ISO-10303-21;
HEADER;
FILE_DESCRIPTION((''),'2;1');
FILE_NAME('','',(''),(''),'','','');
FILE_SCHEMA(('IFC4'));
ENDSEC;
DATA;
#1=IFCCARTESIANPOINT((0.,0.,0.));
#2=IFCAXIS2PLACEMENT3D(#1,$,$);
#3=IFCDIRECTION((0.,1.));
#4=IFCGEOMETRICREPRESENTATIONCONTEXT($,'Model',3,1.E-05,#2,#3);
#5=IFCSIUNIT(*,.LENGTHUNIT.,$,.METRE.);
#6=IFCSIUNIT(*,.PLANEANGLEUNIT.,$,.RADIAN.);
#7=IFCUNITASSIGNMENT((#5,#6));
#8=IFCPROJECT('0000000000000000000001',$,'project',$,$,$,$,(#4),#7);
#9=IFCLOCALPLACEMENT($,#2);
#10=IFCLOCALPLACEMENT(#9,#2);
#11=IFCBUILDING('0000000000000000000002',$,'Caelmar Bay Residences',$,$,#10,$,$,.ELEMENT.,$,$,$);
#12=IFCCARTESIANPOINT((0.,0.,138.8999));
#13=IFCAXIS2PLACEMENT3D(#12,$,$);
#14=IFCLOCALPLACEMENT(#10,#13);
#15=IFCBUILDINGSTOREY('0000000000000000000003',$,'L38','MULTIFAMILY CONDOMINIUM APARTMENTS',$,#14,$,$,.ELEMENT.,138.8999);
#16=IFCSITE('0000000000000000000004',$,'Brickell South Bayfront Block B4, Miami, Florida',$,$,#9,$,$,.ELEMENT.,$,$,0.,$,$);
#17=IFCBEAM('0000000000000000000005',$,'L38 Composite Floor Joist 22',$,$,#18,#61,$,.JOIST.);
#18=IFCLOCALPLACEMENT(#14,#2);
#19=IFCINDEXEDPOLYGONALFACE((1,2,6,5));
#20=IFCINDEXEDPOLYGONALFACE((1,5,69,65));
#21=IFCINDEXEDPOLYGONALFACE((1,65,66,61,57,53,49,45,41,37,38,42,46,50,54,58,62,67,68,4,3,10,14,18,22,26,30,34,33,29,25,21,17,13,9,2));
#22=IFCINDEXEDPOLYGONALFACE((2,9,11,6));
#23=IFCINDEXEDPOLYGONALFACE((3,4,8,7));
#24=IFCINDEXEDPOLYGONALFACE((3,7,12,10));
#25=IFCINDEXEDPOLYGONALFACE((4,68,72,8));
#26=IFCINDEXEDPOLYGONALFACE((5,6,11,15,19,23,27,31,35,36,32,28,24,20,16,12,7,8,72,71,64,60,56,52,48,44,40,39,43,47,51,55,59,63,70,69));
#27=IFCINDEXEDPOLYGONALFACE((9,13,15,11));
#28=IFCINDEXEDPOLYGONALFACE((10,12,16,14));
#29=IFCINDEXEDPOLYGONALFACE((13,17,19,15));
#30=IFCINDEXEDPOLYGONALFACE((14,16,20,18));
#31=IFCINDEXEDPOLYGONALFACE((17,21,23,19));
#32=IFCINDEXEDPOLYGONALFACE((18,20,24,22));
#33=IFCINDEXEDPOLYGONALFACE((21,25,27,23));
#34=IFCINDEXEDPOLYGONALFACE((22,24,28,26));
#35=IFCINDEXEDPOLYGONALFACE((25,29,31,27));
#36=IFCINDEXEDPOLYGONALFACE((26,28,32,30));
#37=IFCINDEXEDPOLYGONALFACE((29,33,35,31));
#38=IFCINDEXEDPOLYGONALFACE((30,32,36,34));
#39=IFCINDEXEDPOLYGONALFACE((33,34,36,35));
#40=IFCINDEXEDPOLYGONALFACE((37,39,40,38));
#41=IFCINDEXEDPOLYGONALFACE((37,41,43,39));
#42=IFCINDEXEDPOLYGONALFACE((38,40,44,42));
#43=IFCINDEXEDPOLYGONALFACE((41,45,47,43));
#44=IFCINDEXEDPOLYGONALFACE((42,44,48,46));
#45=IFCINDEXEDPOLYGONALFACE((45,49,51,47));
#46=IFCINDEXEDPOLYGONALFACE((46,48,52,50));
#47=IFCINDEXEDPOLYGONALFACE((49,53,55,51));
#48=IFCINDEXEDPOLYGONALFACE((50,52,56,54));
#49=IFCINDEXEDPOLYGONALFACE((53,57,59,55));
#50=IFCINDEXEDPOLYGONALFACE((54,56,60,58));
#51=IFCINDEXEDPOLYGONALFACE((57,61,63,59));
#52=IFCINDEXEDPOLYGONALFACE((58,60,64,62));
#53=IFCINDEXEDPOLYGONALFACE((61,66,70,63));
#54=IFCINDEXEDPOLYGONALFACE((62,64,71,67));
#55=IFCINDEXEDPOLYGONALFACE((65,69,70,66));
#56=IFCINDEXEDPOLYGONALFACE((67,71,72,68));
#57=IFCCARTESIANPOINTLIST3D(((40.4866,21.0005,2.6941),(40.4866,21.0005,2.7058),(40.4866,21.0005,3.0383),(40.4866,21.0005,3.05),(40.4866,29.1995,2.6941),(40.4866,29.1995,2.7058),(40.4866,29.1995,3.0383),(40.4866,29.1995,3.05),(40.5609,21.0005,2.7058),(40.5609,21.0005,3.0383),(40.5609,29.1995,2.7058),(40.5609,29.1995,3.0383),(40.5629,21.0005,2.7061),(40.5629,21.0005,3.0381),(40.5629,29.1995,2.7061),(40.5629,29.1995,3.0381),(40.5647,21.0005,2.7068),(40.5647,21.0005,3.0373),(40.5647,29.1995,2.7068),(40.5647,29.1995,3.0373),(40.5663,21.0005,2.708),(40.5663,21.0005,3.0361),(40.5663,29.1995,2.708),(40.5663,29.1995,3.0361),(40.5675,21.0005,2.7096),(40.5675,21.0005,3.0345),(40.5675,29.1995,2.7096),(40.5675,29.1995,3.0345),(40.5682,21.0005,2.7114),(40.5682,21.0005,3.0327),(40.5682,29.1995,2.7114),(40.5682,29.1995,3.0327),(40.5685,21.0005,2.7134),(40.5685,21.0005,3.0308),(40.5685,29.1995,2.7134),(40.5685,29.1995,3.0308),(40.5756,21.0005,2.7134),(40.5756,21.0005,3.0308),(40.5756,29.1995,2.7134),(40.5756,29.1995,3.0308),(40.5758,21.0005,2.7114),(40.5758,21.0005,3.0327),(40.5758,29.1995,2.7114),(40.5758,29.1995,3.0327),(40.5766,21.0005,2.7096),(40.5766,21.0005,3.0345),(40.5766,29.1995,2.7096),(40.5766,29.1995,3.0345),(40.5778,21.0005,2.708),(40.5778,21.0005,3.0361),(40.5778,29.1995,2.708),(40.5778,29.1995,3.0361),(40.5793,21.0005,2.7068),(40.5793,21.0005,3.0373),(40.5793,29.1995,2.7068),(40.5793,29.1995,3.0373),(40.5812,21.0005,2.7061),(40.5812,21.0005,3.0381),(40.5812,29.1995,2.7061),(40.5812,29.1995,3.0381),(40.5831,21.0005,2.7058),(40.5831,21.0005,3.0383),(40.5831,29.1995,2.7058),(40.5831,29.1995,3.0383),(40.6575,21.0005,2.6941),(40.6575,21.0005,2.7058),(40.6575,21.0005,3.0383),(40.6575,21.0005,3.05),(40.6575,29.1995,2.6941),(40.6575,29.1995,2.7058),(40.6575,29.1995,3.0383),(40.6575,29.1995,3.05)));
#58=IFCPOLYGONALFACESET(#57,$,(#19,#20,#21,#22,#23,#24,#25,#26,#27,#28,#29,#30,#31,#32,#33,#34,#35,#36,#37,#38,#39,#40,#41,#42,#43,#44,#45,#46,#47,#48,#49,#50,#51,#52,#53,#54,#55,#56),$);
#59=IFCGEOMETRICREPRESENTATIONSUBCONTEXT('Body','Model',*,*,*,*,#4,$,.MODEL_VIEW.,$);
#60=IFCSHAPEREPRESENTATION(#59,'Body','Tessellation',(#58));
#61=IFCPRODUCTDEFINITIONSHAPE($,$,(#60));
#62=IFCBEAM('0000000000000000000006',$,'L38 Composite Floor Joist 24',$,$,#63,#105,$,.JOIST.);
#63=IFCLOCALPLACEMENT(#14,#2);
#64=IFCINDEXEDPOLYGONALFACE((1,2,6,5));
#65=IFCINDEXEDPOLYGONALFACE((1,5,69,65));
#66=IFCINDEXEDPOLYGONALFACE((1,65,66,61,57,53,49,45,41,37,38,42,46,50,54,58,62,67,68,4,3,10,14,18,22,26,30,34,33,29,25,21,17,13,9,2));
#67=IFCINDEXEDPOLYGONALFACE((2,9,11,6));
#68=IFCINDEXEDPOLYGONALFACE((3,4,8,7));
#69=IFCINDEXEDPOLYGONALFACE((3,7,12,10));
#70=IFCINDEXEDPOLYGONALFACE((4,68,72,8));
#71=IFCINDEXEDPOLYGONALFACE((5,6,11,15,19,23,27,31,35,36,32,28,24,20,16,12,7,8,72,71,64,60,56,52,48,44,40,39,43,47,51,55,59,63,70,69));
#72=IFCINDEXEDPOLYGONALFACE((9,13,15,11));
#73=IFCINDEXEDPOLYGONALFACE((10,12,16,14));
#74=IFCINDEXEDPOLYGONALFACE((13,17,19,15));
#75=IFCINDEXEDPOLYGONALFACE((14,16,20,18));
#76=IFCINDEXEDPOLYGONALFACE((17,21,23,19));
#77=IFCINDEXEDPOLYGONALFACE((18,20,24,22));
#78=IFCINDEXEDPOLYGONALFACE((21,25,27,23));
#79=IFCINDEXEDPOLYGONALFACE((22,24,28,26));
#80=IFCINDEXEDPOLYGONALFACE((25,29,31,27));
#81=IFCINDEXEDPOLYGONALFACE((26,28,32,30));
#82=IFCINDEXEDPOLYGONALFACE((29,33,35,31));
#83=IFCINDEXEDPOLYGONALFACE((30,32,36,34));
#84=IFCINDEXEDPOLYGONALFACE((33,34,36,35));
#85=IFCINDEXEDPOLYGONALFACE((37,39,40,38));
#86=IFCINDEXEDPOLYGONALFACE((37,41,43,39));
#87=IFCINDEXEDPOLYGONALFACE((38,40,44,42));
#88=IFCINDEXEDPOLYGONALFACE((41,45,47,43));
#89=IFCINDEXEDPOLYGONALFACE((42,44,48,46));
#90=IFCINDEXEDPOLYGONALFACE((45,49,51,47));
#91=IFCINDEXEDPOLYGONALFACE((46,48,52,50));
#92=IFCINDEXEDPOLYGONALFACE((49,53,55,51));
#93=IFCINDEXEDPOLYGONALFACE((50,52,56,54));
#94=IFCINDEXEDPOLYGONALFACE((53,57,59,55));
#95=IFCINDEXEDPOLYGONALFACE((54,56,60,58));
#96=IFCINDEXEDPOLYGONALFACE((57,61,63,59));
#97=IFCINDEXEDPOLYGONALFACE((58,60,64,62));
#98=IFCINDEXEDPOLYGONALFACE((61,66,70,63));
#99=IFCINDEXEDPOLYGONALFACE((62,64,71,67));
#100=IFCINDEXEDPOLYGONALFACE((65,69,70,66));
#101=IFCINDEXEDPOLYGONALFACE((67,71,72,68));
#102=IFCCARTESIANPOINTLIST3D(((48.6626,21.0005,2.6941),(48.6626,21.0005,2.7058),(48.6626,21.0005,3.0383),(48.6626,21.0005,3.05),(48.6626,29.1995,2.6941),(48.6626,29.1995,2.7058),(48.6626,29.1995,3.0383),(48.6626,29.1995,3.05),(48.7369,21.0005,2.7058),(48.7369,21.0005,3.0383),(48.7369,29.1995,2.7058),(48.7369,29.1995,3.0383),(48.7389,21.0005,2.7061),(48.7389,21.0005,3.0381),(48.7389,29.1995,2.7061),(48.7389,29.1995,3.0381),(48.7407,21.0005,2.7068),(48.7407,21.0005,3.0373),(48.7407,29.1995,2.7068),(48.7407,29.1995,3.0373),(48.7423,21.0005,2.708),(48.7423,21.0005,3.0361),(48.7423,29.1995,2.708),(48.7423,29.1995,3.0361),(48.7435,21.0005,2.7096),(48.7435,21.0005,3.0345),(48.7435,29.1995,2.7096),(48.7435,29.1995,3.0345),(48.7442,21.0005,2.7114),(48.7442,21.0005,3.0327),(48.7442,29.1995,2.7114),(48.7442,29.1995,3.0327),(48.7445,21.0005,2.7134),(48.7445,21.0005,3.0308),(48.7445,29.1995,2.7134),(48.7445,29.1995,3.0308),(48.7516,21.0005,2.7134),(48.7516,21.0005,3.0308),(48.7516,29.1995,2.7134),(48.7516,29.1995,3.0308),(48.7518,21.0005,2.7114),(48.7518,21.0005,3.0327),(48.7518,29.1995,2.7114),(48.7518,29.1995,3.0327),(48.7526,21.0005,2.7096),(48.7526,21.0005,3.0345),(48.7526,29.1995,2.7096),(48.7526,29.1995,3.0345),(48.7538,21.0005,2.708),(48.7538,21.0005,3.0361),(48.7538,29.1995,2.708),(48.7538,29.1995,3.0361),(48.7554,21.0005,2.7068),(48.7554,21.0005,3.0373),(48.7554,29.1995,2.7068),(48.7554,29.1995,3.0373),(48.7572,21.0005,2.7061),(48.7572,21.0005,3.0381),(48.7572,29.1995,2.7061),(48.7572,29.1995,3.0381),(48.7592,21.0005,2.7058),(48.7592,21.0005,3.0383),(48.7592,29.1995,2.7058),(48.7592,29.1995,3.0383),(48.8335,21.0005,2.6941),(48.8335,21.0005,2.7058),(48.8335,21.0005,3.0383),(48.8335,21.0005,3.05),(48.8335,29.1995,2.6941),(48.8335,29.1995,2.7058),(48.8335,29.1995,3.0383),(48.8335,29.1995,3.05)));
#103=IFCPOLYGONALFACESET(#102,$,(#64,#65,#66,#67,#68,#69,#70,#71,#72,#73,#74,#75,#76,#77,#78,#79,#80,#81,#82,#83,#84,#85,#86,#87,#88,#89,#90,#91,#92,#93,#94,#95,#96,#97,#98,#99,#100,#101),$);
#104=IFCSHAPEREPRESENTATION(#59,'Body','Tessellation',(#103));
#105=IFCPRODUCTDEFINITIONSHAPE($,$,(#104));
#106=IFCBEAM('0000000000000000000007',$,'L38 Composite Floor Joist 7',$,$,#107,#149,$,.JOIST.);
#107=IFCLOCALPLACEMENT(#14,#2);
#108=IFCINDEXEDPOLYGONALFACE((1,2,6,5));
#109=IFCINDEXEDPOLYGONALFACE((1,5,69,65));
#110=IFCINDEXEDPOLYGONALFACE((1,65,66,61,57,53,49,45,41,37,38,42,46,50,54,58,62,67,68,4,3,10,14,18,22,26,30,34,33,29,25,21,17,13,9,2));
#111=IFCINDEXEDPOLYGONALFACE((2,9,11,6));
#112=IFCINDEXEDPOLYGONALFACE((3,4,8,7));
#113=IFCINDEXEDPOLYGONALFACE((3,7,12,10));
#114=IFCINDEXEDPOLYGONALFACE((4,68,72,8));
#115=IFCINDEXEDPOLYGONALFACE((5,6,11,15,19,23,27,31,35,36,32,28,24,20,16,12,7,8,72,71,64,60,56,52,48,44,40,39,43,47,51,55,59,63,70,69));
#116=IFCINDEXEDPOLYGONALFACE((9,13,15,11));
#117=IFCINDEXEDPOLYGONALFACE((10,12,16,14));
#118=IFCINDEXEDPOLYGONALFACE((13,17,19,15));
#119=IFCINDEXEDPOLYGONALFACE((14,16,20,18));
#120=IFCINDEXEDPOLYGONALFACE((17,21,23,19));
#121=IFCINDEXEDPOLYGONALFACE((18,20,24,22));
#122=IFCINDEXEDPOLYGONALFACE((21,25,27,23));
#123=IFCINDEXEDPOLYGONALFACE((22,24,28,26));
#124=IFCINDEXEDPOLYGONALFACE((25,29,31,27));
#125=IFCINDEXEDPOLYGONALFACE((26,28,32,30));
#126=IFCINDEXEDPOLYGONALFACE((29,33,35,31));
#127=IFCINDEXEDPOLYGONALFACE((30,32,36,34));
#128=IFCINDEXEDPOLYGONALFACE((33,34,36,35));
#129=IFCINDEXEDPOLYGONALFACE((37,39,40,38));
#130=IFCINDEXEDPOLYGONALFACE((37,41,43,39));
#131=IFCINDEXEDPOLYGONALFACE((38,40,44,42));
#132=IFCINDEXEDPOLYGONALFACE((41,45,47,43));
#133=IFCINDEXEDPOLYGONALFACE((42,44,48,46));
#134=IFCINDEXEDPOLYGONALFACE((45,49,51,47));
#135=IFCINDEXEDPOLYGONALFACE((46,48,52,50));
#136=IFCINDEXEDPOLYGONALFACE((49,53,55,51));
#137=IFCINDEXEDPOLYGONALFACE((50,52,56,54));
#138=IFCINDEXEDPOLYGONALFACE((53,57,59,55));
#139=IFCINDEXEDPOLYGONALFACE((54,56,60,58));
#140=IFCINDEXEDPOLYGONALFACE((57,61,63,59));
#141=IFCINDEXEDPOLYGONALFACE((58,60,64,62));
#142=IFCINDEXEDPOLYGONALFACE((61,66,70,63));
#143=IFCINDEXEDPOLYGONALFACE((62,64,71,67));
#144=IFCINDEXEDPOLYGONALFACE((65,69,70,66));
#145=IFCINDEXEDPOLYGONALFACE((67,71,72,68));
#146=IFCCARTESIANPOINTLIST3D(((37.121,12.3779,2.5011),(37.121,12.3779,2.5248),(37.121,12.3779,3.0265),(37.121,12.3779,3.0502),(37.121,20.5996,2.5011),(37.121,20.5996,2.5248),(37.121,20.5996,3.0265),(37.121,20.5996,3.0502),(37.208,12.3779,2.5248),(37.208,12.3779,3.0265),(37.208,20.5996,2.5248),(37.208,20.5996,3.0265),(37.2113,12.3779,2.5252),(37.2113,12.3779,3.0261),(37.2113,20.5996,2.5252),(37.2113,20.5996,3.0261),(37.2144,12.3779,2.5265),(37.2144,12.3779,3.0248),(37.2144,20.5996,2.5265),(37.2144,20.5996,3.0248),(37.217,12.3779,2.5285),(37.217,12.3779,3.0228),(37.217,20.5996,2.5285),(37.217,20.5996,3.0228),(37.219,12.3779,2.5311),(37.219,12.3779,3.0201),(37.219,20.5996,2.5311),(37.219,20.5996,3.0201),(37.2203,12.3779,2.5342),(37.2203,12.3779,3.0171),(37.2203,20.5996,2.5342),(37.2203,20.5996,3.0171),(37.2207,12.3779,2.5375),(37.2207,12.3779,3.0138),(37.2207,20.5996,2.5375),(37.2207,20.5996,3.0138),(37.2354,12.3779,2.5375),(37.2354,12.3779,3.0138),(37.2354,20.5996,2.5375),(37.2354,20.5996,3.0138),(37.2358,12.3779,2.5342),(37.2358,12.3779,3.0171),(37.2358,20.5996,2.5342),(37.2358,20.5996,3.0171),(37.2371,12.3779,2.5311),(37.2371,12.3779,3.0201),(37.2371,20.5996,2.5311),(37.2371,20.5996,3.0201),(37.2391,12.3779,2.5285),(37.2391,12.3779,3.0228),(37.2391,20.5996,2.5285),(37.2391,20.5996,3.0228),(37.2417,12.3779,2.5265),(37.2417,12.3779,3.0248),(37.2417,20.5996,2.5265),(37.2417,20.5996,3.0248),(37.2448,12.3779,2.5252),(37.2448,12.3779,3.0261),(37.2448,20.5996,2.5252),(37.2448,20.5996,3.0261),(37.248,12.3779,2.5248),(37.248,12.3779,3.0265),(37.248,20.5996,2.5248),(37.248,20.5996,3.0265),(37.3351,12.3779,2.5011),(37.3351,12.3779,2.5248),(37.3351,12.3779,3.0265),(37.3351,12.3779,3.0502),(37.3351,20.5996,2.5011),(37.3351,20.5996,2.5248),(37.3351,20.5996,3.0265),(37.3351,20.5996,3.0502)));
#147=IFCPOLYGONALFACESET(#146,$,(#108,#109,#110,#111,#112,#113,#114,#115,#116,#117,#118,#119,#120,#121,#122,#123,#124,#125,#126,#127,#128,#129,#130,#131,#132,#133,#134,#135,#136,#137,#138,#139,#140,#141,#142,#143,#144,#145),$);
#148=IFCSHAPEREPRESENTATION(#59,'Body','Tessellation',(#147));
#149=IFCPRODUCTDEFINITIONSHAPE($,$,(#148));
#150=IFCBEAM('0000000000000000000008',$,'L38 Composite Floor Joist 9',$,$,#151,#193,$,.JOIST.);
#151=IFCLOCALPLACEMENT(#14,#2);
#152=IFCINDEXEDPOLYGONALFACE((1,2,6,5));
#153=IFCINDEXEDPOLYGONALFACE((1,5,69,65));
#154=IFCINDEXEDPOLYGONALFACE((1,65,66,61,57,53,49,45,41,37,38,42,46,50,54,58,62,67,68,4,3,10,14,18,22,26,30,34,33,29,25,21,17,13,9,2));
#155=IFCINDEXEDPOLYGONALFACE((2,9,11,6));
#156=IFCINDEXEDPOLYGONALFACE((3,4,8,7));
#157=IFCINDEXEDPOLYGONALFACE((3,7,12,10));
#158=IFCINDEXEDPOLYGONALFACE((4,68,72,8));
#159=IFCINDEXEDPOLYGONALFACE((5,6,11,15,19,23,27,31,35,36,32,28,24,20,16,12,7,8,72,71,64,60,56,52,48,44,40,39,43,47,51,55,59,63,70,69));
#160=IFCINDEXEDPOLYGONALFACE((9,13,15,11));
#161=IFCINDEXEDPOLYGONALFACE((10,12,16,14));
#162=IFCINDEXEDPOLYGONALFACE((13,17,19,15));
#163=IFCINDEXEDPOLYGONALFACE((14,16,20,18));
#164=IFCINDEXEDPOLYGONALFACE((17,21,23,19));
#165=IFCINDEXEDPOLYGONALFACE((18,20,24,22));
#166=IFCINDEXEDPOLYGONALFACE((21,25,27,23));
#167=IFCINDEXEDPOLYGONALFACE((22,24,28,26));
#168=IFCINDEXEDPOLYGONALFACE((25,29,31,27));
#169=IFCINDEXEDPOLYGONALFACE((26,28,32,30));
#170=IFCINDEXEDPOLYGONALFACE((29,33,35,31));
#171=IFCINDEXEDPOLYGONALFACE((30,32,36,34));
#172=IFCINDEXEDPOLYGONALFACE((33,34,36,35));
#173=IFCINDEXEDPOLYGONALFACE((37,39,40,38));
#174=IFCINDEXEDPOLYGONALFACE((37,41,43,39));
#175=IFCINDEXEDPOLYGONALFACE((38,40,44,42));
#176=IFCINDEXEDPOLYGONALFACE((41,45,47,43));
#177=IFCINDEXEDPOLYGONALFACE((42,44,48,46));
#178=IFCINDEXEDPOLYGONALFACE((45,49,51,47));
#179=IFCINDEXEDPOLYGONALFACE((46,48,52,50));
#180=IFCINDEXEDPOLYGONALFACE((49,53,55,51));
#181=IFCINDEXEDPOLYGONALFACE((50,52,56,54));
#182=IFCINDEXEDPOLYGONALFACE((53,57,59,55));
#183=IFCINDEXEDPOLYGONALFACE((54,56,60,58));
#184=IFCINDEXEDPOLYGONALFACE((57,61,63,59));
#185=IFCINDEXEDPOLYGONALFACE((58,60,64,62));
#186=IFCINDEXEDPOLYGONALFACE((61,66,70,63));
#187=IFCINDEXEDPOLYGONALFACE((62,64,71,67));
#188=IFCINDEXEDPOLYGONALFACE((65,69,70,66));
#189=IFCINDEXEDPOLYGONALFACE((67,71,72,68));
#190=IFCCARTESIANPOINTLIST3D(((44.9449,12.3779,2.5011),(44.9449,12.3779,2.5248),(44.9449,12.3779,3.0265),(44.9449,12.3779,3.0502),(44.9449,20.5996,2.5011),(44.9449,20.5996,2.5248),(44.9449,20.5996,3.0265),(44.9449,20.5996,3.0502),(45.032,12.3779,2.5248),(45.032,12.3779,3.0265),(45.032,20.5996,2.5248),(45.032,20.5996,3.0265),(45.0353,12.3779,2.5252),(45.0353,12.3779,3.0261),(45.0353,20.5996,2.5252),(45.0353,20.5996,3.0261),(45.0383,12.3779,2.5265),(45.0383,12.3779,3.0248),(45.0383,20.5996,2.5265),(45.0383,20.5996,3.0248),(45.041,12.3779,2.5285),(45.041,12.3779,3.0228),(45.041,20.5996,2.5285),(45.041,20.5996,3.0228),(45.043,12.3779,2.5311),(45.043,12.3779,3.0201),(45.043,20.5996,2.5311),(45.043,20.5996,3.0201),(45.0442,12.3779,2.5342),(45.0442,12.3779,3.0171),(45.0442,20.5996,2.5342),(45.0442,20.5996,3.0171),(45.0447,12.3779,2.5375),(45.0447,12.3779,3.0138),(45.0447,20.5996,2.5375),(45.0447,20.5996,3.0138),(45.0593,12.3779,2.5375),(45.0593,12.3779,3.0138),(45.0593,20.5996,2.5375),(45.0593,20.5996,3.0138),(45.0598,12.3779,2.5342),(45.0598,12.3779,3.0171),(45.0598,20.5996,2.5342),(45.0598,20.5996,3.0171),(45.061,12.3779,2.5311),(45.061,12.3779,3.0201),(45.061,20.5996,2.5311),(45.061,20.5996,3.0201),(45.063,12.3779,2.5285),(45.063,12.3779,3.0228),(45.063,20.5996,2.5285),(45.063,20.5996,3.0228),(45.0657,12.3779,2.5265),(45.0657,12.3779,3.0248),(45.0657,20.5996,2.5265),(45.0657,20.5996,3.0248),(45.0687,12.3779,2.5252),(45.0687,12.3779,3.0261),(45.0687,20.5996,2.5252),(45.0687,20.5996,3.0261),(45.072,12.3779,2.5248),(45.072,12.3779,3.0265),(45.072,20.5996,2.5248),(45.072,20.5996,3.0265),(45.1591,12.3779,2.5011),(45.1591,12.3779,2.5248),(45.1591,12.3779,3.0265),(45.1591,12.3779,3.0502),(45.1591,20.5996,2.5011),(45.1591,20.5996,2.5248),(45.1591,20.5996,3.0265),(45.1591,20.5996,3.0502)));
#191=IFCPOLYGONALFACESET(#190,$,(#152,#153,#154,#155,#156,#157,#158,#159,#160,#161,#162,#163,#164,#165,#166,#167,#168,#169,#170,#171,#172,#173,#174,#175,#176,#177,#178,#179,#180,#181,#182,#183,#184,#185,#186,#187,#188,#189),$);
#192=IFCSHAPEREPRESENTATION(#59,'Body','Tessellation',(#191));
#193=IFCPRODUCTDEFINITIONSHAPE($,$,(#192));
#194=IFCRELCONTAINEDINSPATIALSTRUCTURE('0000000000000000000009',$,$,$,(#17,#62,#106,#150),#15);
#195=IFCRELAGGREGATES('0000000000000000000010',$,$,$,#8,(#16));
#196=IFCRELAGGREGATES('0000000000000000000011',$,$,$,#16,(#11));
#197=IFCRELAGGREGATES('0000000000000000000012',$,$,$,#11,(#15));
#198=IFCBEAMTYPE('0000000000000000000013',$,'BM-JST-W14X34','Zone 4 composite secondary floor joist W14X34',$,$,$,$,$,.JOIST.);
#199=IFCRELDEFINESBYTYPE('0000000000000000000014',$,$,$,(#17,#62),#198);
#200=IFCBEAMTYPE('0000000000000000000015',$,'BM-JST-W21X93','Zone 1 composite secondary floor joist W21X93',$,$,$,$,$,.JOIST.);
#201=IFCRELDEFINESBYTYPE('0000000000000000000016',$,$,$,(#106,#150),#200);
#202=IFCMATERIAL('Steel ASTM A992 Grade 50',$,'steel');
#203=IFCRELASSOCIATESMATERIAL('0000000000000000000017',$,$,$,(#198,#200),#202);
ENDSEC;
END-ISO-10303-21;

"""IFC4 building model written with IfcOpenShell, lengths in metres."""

from ifc_helpers import new_model, si_unit, direction, frame, origin, origin_2d, place, context, subcontext, project, spatial, i_section, extrude, material, material_profile, profile_set, type_object, element, save


model = new_model("IFC4")

# Units and contexts
model_context = context("Model", 3, precision=1e-05, world=origin(), true_north=direction((0.0, 1.0)))
body_context = subcontext(model_context, "Body", "Model", "MODEL_VIEW")
ifc_project = project(units=[si_unit("LENGTHUNIT", "METRE"), si_unit("PLANEANGLEUNIT", "RADIAN")], contexts=[model_context])

# Site, building, storey
site_placement = place(None, origin())
site = spatial("IfcSite", under=ifc_project, at=site_placement, Name="Brickell South Bayfront Block B4, Miami, Florida", CompositionType="ELEMENT", RefElevation=0.0)
building_placement = place(site_placement, origin())
building = spatial("IfcBuilding", under=site, at=building_placement, Name="Caelmar Bay Residences", CompositionType="ELEMENT")
storey_placement = place(building_placement, frame((0.0, 0.0, 138.8999)))
storey = spatial("IfcBuildingStorey", under=building, at=storey_placement, Name="L38", Description="MULTIFAMILY CONDOMINIUM APARTMENTS", CompositionType="ELEMENT", Elevation=138.8999)

# Beams
ifc_material_1 = material(Name="Steel ASTM A992 Grade 50", Category="steel")
ifc_material_profile_1 = material_profile(ifc_material_1, i_section(OverallWidth=0.1709, OverallDepth=0.356, WebThickness=0.0071, FlangeThickness=0.0117, FilletRadius=0.0076, at=origin_2d()), Name="W14X34")
ifc_profile_set_1 = profile_set([ifc_material_profile_1], Name="Steel ASTM A992 Grade 50")
beam_type_1 = type_object("IfcBeamType", Name="BM-JST-W14X34", Description="Zone 4 composite secondary floor joist W14X34", PredefinedType="JOIST", material=ifc_profile_set_1)
for number, where, z_axis, x_axis, name in (
    (1, (40.572, 21.0005, 2.8721), (0.0, 1.0, 0.0), (-1.0, 0.0, 0.0), "L38 Composite Floor Joist 22"),
    (2, (48.748, 21.0005, 2.8721), (0.0, 1.0, 0.0), (-1.0, 0.0, 0.0), "L38 Composite Floor Joist 24"),
):
    element("IfcBeam", number, at=place(storey_placement, frame(where, z_axis=z_axis, x_axis=x_axis)), inside=storey, type_object=beam_type_1, Name=name, PredefinedType="JOIST", context=body_context, shape_type="SweptSolid", body=[
        extrude(i_section(OverallWidth=0.1709, OverallDepth=0.356, WebThickness=0.0071, FlangeThickness=0.0117, FilletRadius=0.0076, at=origin_2d()), origin(), (0.0, 0.0, 1.0), 8.199),
    ])
ifc_material_profile_2 = material_profile(ifc_material_1, i_section(OverallWidth=0.2141, OverallDepth=0.5491, WebThickness=0.0146, FlangeThickness=0.0237, FilletRadius=0.0127, at=origin_2d()), Name="W21X93")
ifc_profile_set_2 = profile_set([ifc_material_profile_2], Name="Steel ASTM A992 Grade 50")
beam_type_2 = type_object("IfcBeamType", Name="BM-JST-W21X93", Description="Zone 1 composite secondary floor joist W21X93", PredefinedType="JOIST", material=ifc_profile_set_2)
for number, where, z_axis, x_axis, name in (
    (3, (37.228, 12.3779, 2.7756), (0.0, 1.0, 0.0), (-1.0, 0.0, 0.0), "L38 Composite Floor Joist 7"),
    (4, (45.052, 12.3779, 2.7756), (0.0, 1.0, 0.0), (-1.0, 0.0, 0.0), "L38 Composite Floor Joist 9"),
):
    element("IfcBeam", number, at=place(storey_placement, frame(where, z_axis=z_axis, x_axis=x_axis)), inside=storey, type_object=beam_type_2, Name=name, PredefinedType="JOIST", context=body_context, shape_type="SweptSolid", body=[
        extrude(i_section(OverallWidth=0.2141, OverallDepth=0.5491, WebThickness=0.0146, FlangeThickness=0.0237, FilletRadius=0.0127, at=origin_2d()), origin(), (0.0, 0.0, 1.0), 8.2217),
    ])

save(model, "model.ifc")
